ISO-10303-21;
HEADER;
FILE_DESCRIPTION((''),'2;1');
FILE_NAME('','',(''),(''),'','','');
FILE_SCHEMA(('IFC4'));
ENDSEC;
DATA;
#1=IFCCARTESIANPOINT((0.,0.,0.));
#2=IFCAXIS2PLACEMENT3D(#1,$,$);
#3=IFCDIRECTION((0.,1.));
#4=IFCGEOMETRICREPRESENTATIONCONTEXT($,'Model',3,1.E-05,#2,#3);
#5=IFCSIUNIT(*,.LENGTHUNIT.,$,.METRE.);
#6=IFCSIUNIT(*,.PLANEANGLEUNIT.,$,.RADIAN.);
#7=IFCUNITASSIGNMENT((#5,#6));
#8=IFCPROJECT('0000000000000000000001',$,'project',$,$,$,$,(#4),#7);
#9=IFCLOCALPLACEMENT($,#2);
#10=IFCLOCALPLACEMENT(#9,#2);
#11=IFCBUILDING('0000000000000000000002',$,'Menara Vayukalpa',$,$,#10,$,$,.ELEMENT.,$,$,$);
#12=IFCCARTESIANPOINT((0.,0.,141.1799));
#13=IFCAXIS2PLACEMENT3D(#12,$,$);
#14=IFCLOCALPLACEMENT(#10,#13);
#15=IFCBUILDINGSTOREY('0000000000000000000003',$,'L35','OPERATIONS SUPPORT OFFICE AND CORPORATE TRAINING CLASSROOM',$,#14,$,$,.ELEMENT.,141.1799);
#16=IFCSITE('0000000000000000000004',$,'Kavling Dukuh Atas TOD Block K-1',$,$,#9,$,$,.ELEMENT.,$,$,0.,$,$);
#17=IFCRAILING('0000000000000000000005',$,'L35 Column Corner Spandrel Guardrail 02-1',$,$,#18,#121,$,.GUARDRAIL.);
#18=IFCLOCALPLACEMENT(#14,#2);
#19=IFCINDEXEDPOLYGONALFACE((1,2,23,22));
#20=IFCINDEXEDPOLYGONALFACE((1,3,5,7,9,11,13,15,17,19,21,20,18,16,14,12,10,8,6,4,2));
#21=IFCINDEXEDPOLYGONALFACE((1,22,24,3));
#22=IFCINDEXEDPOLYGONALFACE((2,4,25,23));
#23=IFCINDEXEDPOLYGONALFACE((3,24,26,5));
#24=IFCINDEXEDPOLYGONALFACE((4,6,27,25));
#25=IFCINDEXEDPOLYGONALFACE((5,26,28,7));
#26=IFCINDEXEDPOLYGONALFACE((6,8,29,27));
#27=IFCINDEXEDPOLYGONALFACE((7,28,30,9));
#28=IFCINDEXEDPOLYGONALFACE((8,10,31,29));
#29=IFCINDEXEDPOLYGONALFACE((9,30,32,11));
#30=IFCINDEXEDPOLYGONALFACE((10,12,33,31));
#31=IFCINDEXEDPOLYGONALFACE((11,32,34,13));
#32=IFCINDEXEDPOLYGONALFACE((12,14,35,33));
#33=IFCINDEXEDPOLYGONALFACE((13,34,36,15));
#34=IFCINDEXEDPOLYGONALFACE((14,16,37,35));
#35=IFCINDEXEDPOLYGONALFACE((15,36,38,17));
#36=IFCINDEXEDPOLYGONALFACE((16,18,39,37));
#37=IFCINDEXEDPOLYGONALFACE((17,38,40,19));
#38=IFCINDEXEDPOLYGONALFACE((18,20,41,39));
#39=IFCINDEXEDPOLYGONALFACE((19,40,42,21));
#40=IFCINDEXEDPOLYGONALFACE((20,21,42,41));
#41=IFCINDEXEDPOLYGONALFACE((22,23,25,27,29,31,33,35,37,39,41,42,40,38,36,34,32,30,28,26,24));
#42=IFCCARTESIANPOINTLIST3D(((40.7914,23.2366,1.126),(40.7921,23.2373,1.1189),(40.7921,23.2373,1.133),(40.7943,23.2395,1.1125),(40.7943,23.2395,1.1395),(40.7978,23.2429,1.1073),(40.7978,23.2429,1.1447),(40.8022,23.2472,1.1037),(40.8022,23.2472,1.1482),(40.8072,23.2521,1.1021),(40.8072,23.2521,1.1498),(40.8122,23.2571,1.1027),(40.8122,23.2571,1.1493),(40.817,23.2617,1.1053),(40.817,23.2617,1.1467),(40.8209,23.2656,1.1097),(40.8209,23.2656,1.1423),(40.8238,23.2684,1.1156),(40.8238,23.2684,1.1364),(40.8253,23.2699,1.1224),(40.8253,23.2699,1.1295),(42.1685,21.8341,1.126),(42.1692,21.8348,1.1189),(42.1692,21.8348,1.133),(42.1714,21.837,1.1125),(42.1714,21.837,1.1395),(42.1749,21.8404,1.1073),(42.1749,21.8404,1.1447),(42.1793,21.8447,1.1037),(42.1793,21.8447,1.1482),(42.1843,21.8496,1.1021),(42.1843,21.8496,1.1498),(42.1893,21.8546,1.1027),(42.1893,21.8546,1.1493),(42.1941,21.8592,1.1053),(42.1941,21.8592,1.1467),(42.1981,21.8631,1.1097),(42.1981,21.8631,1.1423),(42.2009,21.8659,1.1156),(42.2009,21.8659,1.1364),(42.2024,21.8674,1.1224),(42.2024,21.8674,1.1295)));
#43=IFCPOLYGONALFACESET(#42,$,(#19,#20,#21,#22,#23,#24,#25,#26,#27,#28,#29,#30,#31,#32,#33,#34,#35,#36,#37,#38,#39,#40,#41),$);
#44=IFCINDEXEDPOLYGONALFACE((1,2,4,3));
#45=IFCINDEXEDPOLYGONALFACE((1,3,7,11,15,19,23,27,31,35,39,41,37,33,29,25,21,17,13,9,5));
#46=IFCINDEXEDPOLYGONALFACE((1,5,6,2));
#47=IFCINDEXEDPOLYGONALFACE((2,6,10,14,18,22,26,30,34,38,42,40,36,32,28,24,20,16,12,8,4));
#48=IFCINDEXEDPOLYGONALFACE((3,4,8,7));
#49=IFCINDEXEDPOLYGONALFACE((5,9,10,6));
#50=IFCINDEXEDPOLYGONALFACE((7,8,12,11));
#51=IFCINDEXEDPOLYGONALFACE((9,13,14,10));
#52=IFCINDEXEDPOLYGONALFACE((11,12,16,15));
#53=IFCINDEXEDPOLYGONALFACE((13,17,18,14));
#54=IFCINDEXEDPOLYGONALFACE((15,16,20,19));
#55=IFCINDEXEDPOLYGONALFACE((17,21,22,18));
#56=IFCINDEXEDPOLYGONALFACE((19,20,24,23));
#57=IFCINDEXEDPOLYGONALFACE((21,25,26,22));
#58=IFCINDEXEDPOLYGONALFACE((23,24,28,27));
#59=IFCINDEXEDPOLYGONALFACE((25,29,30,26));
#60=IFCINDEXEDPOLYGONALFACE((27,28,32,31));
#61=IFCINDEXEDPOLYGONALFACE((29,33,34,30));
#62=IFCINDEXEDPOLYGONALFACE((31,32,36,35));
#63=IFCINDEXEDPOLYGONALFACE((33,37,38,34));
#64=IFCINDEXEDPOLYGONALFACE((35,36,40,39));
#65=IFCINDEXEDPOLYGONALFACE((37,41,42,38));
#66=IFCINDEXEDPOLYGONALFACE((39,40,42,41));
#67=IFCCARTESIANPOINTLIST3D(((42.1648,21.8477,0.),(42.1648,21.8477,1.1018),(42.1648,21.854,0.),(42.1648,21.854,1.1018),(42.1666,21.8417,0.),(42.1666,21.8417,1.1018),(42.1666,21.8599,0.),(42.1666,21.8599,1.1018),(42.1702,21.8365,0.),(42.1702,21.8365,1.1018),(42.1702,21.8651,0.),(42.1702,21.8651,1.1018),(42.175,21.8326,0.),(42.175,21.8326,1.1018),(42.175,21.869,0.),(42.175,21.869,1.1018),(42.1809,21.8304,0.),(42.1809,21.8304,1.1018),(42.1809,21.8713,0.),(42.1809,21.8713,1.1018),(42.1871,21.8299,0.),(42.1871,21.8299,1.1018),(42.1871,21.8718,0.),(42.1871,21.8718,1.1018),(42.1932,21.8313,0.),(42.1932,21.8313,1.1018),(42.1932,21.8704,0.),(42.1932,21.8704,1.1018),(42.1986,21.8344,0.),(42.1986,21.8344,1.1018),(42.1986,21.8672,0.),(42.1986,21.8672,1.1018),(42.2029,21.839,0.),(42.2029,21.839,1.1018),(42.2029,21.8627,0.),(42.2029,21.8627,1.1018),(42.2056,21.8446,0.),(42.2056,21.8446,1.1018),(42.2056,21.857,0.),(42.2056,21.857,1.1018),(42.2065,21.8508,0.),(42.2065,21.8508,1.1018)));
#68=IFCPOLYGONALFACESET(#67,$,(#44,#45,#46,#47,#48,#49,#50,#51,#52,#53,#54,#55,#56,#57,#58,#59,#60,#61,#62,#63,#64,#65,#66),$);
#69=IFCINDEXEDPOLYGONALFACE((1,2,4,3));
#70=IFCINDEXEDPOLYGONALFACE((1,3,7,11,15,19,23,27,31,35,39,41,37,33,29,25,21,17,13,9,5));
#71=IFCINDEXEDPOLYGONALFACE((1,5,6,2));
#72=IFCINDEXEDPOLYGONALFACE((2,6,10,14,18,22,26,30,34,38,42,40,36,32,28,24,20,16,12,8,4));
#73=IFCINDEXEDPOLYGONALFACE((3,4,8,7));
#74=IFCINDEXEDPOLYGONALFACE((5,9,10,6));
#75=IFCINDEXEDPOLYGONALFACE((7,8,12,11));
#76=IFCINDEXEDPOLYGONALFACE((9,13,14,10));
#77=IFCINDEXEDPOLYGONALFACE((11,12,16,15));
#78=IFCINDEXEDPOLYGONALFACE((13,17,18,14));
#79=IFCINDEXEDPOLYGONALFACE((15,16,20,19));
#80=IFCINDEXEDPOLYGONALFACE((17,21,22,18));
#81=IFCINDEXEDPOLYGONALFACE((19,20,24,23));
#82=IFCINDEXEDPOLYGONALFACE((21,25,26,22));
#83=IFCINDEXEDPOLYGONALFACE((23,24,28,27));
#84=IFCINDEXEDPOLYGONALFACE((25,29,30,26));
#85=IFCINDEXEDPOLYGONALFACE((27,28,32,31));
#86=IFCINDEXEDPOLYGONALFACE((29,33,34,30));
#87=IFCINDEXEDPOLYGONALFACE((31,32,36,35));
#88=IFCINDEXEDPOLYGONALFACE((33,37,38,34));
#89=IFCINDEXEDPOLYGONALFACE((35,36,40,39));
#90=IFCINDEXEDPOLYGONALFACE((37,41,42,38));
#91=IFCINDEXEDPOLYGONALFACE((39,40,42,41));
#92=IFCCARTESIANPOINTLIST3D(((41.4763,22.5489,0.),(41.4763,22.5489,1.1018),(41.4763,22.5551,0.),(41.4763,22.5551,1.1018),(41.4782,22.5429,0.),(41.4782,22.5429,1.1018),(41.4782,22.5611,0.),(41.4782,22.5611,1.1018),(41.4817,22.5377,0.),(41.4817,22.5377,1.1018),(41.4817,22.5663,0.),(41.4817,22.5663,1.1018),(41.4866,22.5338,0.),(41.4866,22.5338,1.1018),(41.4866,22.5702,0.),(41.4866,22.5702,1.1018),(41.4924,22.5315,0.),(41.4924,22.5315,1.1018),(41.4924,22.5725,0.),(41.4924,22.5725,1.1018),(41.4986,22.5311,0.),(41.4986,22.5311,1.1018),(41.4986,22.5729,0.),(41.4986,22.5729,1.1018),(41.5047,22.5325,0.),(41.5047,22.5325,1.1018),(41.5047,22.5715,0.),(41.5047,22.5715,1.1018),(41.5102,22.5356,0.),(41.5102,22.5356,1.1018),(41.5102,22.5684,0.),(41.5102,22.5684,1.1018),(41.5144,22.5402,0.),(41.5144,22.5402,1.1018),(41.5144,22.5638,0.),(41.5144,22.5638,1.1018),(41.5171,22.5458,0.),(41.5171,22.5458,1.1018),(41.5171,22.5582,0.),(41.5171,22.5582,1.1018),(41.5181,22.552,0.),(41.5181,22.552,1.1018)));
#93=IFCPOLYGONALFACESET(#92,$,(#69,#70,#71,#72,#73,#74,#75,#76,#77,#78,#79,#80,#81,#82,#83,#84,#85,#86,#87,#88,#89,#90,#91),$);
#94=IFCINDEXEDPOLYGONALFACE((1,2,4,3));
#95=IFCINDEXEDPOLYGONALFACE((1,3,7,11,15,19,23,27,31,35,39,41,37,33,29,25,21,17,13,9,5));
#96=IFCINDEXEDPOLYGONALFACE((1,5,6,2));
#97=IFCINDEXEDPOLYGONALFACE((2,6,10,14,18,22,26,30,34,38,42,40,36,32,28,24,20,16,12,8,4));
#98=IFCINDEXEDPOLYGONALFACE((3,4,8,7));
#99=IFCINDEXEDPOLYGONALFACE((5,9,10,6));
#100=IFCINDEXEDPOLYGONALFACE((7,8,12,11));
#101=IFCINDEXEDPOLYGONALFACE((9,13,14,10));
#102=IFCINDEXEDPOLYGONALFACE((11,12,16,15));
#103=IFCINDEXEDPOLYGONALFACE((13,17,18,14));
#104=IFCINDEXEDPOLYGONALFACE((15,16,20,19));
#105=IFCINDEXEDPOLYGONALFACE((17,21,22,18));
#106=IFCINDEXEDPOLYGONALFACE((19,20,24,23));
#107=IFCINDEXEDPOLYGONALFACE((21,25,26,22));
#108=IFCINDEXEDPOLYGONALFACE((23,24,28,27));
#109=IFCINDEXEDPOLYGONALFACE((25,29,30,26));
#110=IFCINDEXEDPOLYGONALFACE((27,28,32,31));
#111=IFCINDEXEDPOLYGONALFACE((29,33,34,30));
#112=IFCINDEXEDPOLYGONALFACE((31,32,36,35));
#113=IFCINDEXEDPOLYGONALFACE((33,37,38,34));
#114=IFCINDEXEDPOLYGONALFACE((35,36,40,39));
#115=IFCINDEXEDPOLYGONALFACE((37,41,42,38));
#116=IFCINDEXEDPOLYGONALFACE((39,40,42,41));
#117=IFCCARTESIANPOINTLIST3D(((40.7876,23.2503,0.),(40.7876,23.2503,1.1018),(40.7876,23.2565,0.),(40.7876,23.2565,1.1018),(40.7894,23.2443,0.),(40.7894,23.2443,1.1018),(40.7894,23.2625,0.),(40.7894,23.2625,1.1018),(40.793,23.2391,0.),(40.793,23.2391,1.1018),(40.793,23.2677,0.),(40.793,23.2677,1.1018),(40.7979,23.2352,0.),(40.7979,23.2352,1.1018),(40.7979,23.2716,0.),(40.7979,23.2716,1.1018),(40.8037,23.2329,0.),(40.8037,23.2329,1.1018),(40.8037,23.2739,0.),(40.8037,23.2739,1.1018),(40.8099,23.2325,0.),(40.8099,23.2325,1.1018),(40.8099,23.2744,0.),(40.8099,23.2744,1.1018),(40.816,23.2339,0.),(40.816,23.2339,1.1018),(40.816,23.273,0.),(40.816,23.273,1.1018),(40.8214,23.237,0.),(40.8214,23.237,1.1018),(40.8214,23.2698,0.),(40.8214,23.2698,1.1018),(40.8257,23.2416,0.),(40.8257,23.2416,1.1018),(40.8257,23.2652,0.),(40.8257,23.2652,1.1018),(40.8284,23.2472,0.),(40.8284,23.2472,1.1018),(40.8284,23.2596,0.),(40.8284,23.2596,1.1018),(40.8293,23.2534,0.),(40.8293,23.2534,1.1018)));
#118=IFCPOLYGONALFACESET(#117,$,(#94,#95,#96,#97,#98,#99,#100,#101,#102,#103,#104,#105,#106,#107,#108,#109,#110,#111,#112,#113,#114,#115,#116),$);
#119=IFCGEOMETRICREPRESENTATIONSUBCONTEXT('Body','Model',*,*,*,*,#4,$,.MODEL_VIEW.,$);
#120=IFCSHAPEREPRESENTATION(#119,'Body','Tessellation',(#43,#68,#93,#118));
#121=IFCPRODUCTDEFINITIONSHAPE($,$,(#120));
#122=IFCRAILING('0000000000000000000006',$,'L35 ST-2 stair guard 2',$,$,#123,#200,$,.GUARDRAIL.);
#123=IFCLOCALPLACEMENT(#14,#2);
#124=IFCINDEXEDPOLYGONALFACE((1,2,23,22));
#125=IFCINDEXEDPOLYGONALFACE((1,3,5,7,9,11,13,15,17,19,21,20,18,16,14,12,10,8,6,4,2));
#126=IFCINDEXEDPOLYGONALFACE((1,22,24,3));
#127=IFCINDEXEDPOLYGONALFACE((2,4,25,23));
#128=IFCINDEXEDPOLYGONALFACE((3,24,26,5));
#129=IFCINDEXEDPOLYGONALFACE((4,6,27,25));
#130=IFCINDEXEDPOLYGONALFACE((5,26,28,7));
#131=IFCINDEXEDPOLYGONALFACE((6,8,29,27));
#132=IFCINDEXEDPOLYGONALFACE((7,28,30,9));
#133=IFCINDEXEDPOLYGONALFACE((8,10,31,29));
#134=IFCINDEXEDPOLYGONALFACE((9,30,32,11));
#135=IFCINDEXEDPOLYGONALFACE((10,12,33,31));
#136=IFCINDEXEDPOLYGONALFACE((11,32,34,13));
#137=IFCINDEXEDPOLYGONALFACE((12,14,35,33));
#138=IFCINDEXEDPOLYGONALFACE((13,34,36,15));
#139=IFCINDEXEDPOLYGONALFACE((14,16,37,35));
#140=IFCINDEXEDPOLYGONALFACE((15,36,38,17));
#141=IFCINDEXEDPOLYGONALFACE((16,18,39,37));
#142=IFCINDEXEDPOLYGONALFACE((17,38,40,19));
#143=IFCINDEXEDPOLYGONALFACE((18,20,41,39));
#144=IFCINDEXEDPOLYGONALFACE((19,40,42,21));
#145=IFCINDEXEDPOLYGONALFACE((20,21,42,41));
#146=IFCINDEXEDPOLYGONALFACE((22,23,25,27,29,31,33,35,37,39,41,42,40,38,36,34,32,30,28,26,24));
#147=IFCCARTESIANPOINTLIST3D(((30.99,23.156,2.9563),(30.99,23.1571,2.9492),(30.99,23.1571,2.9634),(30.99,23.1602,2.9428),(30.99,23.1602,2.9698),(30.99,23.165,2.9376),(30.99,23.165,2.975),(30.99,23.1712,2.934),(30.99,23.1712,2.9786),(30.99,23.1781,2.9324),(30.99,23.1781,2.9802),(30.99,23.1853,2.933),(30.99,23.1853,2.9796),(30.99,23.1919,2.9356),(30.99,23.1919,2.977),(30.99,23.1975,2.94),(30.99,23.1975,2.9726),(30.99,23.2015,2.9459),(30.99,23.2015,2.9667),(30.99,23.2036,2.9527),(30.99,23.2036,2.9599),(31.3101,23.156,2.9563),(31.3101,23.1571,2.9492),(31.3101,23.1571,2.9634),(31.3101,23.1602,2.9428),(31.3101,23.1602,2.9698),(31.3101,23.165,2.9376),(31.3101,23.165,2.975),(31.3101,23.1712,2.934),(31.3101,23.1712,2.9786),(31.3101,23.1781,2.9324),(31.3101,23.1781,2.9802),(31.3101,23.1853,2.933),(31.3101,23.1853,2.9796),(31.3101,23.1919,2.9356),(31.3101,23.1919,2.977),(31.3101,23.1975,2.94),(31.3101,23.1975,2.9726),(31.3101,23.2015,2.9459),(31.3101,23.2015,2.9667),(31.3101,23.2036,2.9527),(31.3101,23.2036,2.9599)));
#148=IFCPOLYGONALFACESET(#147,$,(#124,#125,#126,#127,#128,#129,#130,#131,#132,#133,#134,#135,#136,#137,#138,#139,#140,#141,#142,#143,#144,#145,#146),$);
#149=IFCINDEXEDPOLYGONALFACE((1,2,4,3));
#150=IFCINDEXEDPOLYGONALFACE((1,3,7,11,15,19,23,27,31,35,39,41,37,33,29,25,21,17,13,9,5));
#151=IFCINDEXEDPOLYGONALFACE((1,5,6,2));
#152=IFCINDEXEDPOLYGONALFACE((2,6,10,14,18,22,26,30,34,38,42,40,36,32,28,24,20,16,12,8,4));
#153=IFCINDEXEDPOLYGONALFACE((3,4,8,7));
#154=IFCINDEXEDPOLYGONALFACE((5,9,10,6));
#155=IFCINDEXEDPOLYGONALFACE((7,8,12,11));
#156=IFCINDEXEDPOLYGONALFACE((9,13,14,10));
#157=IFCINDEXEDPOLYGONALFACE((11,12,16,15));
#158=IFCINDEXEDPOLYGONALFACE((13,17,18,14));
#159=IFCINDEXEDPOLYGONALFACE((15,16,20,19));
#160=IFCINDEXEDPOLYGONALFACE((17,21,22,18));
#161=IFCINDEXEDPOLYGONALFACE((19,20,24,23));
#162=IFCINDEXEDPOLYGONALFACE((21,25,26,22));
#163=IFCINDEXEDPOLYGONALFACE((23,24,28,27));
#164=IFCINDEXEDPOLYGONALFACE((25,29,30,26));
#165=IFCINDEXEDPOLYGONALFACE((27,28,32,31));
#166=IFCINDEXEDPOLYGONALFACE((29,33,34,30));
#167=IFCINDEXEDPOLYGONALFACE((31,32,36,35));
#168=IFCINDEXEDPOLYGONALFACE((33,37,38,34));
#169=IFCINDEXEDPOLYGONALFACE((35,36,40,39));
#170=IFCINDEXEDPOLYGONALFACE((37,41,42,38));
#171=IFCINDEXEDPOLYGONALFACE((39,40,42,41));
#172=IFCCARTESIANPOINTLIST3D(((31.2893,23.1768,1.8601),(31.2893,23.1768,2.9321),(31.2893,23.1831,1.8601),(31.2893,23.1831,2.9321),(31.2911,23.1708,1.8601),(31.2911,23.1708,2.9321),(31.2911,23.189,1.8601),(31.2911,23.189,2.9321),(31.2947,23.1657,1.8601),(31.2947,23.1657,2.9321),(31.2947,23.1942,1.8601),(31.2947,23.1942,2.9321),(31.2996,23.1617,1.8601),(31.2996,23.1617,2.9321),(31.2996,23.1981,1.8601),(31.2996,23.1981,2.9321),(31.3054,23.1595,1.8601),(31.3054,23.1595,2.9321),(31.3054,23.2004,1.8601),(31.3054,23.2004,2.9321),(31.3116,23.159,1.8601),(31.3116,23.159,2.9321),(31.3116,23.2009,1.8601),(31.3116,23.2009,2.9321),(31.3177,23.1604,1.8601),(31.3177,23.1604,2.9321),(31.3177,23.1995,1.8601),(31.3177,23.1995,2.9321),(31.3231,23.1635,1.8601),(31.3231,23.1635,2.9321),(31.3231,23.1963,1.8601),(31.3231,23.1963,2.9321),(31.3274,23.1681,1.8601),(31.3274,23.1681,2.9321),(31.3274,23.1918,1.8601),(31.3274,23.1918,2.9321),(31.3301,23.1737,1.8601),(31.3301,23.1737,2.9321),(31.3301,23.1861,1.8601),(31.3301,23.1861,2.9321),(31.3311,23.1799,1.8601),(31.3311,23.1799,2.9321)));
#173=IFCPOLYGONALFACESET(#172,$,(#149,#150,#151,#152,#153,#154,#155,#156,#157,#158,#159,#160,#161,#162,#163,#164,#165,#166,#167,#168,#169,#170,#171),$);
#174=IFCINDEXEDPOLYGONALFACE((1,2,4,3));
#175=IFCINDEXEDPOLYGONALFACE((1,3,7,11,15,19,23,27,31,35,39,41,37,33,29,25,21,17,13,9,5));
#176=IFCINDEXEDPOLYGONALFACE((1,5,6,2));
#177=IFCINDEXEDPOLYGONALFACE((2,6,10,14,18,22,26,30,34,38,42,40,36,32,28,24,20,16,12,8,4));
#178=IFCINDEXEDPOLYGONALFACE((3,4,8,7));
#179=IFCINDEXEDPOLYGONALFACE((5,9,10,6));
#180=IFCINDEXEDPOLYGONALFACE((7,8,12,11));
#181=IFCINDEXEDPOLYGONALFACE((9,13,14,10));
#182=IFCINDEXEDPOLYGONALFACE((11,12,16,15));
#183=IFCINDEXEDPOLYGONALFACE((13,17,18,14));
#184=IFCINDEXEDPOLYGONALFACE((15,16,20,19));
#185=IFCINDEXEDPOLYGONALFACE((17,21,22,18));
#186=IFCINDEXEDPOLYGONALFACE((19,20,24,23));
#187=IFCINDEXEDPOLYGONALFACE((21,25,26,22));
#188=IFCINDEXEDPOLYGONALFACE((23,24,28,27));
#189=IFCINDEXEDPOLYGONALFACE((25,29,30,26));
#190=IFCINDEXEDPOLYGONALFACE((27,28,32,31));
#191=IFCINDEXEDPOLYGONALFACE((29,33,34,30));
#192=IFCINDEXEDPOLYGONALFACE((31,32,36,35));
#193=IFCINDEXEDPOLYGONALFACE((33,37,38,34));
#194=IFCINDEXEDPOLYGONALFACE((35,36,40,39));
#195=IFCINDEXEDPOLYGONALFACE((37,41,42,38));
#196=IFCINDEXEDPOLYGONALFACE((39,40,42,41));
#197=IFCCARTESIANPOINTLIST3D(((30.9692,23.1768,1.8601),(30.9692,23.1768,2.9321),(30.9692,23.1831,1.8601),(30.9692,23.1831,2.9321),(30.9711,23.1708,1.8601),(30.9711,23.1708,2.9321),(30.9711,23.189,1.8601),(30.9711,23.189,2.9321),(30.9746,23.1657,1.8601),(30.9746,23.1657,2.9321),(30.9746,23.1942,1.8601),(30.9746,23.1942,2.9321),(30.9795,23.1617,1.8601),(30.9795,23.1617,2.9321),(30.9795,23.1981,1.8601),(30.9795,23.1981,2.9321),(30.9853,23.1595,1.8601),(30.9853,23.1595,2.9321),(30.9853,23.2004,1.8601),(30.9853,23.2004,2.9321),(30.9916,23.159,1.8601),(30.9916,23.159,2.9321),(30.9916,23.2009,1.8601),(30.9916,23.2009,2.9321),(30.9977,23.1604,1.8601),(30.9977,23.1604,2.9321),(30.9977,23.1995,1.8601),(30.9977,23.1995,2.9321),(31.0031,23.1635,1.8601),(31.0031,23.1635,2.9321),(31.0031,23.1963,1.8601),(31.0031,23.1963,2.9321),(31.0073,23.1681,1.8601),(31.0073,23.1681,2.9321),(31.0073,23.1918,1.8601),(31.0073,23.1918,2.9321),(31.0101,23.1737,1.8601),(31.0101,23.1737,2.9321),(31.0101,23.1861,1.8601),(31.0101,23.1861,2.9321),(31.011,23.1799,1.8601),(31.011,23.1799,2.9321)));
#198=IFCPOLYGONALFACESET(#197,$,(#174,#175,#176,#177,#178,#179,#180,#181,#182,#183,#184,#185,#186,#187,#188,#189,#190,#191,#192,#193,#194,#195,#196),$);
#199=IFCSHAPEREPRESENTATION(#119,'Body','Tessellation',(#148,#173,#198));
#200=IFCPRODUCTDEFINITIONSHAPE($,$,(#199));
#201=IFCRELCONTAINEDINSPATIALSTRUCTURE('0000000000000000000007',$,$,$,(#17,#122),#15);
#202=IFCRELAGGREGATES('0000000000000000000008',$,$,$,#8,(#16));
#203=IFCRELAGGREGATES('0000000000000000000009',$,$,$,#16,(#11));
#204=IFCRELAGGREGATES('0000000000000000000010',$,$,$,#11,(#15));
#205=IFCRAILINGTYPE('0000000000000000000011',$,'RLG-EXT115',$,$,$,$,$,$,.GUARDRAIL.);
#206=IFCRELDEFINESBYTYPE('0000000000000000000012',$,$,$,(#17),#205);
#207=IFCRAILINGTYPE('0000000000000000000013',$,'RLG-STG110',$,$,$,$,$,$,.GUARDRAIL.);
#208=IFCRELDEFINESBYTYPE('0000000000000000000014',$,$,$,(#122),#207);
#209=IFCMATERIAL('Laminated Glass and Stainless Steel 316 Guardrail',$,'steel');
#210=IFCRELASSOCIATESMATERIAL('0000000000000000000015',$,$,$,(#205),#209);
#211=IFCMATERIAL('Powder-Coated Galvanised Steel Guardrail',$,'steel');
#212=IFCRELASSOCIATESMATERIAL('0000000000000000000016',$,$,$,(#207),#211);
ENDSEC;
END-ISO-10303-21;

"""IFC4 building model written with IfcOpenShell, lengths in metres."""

from ifc_helpers import new_model, si_unit, direction, frame, origin, origin_2d, place, context, subcontext, project, spatial, circle, extrude, material, type_object, element, save


model = new_model("IFC4")

# Units and contexts
model_context = context("Model", 3, precision=1e-05, world=origin(), true_north=direction((0.0, 1.0)))
body_context = subcontext(model_context, "Body", "Model", "MODEL_VIEW")
ifc_project = project(units=[si_unit("LENGTHUNIT", "METRE"), si_unit("PLANEANGLEUNIT", "RADIAN")], contexts=[model_context])

# Site, building, storey
site_placement = place(None, origin())
site = spatial("IfcSite", under=ifc_project, at=site_placement, Name="Kavling Dukuh Atas TOD Block K-1", CompositionType="ELEMENT", RefElevation=0.0)
building_placement = place(site_placement, origin())
building = spatial("IfcBuilding", under=site, at=building_placement, Name="Menara Vayukalpa", CompositionType="ELEMENT")
storey_placement = place(building_placement, frame((0.0, 0.0, 141.1799)))
storey = spatial("IfcBuildingStorey", under=building, at=storey_placement, Name="L35", Description="OPERATIONS SUPPORT OFFICE AND CORPORATE TRAINING CLASSROOM", CompositionType="ELEMENT", Elevation=141.1799)

# Railings
ifc_material_1 = material(Name="Laminated Glass and Stainless Steel 316 Guardrail", Category="steel")
railing_type_1 = type_object("IfcRailingType", Name="RLG-EXT115", PredefinedType="GUARDRAIL", material=ifc_material_1)
railing_1_placement = place(storey_placement, frame((42.1855, 21.8508, 0.0)))
element("IfcRailing", 1, at=railing_1_placement, inside=storey, type_object=railing_type_1, Name="L35 Column Corner Spandrel Guardrail 02-1", PredefinedType="GUARDRAIL", context=body_context, shape_type="SweptSolid", body=[
    extrude(circle(Radius=0.0239, at=origin_2d()), frame((0.0, 0.0, 1.126), z_axis=(-0.700619, 0.713536, 0.0), x_axis=(-0.713536, -0.700619, 0.0)), (0.0, 0.0, 1.0), 1.9656),
    extrude(circle(Radius=0.021, at=origin_2d()), origin(), (0.0, 0.0, 1.0), 1.1018),
    extrude(circle(Radius=0.021, at=origin_2d()), frame((-0.6885, 0.7012, 0.0)), (0.0, 0.0, 1.0), 1.1018),
    extrude(circle(Radius=0.021, at=origin_2d()), frame((-1.3772, 1.4026, 0.0)), (0.0, 0.0, 1.0), 1.1018),
])
ifc_material_2 = material(Name="Powder-Coated Galvanised Steel Guardrail", Category="steel")
railing_type_2 = type_object("IfcRailingType", Name="RLG-STG110", PredefinedType="GUARDRAIL", material=ifc_material_2)
railing_2_placement = place(storey_placement, frame((31.3101, 23.1799, 1.8601)))
element("IfcRailing", 2, at=railing_2_placement, inside=storey, type_object=railing_type_2, Name="L35 ST-2 stair guard 2", PredefinedType="GUARDRAIL", context=body_context, shape_type="SweptSolid", body=[
    extrude(circle(Radius=0.0239, at=origin_2d()), frame((0.0, 0.0, 1.0962), z_axis=(-1.0, 0.0, 0.0), x_axis=(0.0, -1.0, 0.0)), (0.0, 0.0, 1.0), 0.3201),
    extrude(circle(Radius=0.021, at=origin_2d()), origin(), (0.0, 0.0, 1.0), 1.072),
    extrude(circle(Radius=0.021, at=origin_2d()), frame((-0.3201, 0.0, 0.0)), (0.0, 0.0, 1.0), 1.072),
])

save(model, "model.ifc")
